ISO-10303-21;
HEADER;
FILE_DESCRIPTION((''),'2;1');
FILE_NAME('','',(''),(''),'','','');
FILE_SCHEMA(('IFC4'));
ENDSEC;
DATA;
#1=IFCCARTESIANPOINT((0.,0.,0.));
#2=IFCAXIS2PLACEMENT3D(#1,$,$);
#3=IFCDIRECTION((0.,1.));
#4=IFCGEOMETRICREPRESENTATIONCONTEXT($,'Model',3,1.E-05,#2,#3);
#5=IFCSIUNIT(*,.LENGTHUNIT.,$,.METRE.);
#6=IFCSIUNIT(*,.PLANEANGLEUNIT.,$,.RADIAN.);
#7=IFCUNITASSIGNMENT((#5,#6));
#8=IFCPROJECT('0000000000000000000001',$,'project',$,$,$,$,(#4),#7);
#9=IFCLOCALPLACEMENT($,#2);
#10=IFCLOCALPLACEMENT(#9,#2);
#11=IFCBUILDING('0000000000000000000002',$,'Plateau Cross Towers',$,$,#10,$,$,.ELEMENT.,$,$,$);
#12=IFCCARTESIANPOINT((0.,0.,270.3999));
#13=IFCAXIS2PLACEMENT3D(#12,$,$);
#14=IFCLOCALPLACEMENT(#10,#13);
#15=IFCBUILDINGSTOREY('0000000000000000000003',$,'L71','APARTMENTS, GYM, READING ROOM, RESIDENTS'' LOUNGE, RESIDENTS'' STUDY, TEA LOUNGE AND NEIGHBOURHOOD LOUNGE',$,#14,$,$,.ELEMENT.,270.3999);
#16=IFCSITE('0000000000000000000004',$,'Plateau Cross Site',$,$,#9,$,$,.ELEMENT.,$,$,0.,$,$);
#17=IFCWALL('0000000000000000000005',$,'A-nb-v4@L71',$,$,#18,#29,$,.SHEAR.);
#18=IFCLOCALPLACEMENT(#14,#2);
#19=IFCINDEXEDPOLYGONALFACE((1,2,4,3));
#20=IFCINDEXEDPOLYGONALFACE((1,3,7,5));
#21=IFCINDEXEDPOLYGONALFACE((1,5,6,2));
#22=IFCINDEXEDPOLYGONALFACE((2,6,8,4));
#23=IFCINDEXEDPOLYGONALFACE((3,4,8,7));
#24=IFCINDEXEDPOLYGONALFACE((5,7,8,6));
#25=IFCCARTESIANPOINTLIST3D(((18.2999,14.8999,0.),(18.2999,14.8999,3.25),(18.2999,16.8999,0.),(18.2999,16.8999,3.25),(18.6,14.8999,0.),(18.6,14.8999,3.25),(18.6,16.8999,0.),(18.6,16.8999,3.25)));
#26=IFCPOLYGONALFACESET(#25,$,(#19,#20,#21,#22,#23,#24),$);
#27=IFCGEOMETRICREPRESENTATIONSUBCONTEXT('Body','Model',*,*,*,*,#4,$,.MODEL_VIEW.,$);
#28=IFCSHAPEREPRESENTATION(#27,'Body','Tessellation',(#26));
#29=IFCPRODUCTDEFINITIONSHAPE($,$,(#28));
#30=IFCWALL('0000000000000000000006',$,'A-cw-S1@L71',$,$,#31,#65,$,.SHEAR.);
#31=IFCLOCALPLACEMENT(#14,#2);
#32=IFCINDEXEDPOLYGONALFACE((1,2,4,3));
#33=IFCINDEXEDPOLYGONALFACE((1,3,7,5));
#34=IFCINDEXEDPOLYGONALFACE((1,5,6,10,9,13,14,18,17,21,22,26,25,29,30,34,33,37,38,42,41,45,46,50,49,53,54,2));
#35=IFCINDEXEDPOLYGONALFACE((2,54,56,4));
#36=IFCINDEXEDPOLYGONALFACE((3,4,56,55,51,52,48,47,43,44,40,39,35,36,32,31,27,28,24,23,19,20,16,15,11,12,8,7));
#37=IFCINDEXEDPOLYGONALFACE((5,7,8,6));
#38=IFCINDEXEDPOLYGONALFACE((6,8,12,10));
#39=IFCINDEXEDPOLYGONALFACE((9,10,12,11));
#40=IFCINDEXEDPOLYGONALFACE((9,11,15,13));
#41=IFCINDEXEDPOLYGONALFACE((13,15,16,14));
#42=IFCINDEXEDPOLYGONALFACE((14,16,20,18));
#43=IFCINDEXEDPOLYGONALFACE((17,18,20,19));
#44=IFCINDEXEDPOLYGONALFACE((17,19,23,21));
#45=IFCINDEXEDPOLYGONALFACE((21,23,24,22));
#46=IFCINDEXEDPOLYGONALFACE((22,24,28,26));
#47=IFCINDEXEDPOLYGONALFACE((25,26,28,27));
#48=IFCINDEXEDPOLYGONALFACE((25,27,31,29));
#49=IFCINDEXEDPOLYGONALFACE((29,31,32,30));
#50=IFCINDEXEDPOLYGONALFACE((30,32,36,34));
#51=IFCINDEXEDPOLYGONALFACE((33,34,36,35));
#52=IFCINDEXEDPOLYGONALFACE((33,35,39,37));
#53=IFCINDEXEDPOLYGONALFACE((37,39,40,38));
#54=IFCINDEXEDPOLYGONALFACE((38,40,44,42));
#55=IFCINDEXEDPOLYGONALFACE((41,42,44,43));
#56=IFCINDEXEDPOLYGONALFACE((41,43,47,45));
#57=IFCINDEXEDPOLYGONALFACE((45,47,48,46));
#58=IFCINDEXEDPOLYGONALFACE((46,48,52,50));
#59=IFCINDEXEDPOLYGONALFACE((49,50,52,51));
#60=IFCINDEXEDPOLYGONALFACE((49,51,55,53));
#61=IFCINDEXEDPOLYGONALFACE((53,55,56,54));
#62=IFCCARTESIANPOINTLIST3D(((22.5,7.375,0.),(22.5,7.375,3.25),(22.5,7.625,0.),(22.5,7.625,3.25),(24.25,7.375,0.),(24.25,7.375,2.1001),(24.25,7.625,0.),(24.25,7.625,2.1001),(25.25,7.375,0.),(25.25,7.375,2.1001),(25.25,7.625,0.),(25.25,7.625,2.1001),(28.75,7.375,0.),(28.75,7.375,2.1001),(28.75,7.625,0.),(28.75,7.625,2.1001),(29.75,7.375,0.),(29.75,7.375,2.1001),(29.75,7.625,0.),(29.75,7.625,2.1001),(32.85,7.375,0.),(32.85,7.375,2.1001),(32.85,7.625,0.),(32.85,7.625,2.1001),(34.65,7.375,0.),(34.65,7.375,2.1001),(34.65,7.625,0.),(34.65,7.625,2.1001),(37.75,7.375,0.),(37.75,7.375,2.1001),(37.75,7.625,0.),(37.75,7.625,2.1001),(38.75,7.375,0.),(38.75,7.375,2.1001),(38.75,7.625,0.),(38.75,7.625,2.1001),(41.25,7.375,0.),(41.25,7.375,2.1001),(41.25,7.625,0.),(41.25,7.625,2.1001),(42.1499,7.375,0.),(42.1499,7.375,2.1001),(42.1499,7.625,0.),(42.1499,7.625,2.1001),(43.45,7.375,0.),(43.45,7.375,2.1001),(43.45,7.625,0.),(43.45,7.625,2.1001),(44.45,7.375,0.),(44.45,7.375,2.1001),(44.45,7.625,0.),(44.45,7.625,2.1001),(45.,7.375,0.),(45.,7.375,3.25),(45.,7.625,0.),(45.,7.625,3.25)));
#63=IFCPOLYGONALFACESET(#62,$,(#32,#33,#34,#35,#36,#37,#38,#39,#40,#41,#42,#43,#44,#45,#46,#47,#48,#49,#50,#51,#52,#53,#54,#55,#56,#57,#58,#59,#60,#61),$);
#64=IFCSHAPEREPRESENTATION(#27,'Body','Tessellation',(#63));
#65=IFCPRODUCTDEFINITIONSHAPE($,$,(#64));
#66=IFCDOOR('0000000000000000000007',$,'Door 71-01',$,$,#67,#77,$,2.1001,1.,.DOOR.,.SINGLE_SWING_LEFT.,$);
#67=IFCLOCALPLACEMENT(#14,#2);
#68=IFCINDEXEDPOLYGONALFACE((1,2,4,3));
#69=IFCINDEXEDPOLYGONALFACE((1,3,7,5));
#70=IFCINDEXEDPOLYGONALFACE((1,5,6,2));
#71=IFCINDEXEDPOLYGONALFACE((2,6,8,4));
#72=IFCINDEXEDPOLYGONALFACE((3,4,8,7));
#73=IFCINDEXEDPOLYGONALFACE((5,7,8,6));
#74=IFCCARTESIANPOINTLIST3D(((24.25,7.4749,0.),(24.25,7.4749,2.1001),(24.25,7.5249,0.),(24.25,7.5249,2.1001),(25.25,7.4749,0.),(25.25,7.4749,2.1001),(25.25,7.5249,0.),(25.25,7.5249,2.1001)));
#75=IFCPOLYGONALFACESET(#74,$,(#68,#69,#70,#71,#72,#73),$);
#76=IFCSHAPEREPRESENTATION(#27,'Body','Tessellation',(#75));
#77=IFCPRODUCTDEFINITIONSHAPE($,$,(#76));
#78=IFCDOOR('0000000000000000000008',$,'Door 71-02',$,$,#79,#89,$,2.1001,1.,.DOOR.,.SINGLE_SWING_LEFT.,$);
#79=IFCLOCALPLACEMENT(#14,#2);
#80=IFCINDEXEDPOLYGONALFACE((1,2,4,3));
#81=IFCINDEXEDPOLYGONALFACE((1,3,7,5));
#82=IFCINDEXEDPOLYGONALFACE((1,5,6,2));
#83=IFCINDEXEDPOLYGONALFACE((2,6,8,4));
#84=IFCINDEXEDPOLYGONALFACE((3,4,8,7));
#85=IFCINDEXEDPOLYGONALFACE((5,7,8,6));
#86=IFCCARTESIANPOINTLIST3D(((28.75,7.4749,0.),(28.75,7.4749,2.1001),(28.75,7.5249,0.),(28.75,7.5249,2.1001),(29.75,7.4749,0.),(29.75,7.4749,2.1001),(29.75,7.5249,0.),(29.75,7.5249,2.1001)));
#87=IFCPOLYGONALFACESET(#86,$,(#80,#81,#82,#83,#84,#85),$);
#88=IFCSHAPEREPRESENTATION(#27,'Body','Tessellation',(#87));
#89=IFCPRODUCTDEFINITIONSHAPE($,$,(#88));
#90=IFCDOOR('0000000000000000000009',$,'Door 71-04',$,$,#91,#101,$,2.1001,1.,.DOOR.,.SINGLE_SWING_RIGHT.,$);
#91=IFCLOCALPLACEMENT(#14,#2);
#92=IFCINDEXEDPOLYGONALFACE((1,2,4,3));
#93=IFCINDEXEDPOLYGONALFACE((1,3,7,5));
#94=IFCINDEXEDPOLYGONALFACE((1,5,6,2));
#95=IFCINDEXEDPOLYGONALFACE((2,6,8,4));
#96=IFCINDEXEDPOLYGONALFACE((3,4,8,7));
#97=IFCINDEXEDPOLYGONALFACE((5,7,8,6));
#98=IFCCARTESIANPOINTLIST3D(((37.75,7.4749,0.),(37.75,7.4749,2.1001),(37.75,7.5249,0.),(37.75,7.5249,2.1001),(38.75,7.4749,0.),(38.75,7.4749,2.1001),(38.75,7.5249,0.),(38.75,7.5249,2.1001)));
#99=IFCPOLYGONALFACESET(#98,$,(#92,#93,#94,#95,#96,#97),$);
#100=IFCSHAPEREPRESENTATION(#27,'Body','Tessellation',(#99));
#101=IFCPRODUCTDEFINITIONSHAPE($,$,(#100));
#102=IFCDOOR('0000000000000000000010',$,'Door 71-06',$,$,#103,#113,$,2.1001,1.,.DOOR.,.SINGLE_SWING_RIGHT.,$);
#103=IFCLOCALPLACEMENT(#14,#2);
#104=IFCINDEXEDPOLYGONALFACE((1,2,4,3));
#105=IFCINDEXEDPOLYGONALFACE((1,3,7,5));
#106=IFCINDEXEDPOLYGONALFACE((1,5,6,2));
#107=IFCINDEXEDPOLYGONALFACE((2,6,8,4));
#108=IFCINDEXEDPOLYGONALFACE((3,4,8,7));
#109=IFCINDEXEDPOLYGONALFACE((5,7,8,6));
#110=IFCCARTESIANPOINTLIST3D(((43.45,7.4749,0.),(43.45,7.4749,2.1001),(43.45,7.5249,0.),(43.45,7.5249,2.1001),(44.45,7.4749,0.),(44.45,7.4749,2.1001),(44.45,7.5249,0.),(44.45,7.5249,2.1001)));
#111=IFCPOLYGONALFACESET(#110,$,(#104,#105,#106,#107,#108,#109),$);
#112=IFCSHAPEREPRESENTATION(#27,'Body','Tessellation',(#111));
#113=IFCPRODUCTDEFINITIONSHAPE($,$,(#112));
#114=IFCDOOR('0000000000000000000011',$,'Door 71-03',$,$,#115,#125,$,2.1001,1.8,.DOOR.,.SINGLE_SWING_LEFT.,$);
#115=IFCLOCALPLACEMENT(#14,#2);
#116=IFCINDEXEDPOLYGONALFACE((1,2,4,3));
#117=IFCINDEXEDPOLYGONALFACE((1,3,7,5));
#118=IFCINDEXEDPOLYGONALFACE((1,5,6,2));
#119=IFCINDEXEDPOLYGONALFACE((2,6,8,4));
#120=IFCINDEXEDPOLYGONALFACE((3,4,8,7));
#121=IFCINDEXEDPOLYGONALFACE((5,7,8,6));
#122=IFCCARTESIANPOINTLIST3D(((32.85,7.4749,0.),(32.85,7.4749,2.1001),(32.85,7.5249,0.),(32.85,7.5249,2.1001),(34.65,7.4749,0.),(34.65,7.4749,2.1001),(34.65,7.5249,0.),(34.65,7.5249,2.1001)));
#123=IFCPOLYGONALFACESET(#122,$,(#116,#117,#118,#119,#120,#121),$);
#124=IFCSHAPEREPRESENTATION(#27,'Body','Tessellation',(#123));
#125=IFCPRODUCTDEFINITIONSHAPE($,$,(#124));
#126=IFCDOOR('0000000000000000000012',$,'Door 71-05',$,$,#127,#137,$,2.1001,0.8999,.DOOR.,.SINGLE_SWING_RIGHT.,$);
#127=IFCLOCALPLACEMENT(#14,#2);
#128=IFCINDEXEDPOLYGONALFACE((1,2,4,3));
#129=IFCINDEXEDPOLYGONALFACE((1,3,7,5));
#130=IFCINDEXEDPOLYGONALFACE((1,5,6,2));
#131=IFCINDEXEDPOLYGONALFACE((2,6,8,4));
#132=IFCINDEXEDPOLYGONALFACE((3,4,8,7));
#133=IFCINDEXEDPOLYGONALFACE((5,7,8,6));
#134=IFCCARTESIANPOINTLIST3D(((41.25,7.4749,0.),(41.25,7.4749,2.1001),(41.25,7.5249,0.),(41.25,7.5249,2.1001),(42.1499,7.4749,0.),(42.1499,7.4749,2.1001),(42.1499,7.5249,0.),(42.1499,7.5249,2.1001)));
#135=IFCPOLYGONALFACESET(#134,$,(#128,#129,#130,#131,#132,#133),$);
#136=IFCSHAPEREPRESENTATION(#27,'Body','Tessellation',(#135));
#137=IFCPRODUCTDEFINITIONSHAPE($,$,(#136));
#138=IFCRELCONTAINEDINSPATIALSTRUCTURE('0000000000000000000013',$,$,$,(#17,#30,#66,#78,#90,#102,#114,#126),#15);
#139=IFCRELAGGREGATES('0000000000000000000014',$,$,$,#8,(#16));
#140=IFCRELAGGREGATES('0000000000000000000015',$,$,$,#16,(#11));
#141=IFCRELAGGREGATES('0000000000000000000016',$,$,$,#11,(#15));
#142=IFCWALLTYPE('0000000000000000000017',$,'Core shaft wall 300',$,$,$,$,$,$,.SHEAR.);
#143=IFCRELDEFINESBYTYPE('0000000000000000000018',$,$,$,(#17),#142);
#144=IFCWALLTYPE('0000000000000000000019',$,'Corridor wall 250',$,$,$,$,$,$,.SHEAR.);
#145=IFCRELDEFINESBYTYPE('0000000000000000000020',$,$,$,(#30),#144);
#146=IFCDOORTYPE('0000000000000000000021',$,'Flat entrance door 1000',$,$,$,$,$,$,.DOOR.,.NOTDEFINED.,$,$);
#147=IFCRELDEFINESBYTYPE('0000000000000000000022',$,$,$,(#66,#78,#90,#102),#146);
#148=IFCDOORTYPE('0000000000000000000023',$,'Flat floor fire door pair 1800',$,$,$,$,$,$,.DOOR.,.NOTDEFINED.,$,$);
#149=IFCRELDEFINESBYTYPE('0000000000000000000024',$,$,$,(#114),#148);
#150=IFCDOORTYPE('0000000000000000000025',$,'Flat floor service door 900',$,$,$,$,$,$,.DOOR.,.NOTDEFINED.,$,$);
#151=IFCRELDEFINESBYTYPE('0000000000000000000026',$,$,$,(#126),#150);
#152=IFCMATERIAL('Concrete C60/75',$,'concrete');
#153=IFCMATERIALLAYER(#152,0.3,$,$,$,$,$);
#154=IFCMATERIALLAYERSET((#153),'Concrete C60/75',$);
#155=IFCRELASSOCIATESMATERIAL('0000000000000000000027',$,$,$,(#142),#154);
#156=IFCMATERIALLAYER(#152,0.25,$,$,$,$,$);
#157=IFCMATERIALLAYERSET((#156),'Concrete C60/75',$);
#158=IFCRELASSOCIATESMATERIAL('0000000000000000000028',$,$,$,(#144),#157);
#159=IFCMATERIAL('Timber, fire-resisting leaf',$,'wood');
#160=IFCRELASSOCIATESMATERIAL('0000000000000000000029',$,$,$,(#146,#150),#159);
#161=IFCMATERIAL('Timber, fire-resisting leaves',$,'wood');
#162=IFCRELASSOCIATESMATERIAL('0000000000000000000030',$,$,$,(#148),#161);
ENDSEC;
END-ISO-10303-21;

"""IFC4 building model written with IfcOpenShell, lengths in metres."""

from ifc_helpers import new_model, si_unit, direction, frame, frame_2d, origin, place, context, subcontext, project, spatial, rectangle, extrude, material, layer, layer_set, type_object, element, fill, save


model = new_model("IFC4")

# Units and contexts
model_context = context("Model", 3, precision=1e-05, world=origin(), true_north=direction((0.0, 1.0)))
body_context = subcontext(model_context, "Body", "Model", "MODEL_VIEW")
ifc_project = project(units=[si_unit("LENGTHUNIT", "METRE"), si_unit("PLANEANGLEUNIT", "RADIAN")], contexts=[model_context])

# Site, building, storey
site_placement = place(None, origin())
site = spatial("IfcSite", under=ifc_project, at=site_placement, Name="Plateau Cross Site", CompositionType="ELEMENT", RefElevation=0.0)
building_placement = place(site_placement, origin())
building = spatial("IfcBuilding", under=site, at=building_placement, Name="Plateau Cross Towers", CompositionType="ELEMENT")
storey_placement = place(building_placement, frame((0.0, 0.0, 270.3999)))
storey = spatial("IfcBuildingStorey", under=building, at=storey_placement, Name="L71", Description="APARTMENTS, GYM, READING ROOM, RESIDENTS' LOUNGE, RESIDENTS' STUDY, TEA LOUNGE AND NEIGHBOURHOOD LOUNGE", CompositionType="ELEMENT", Elevation=270.3999)

# Shared definitions
ifc_material_1 = material(Name="Concrete C60/75", Category="concrete")

# Wall
ifc_layer_1 = layer(ifc_material_1, 0.3)
ifc_layer_set_1 = layer_set([ifc_layer_1], Name="Concrete C60/75")
wall_type_1 = type_object("IfcWallType", Name="Core shaft wall 300", PredefinedType="SHEAR", material=ifc_layer_set_1)
for number, where, z_axis, x_axis, name in (
    (1, (18.45, 14.8999, 0.0), (0.0, 0.0, 1.0), (0.0, 1.0, 0.0), "A-nb-v4@L71"),
):
    element("IfcWall", number, at=place(storey_placement, frame(where, z_axis=z_axis, x_axis=x_axis)), inside=storey, type_object=wall_type_1, Name=name, PredefinedType="SHEAR", context=body_context, shape_type="SweptSolid", body=[
        extrude(rectangle(XDim=2.0, YDim=0.3, at=frame_2d((1.0, 0.0))), origin(), (0.0, 0.0, 1.0), 3.25),
    ])

# Wall, openings, doors
ifc_layer_2 = layer(ifc_material_1, 0.25)
ifc_layer_set_2 = layer_set([ifc_layer_2], Name="Concrete C60/75")
wall_type_2 = type_object("IfcWallType", Name="Corridor wall 250", PredefinedType="SHEAR", material=ifc_layer_set_2)
wall_1_placement = place(storey_placement, frame((22.5, 7.5, 0.0), z_axis=(0.0, 0.0, 1.0), x_axis=(1.0, 0.0, 0.0)))
wall_1 = element("IfcWall", 2, at=wall_1_placement, inside=storey, type_object=wall_type_2, Name="A-cw-S1@L71", PredefinedType="SHEAR", context=body_context, shape_type="SweptSolid", body=[
    extrude(rectangle(XDim=22.5, YDim=0.25, at=frame_2d((11.25, 0.0))), origin(), (0.0, 0.0, 1.0), 3.25),
])
opening_1_placement = place(wall_1_placement, frame((1.75, 0.0, 0.0)))
opening_1 = element("IfcOpeningElement", 3, at=opening_1_placement, cuts=wall_1, PredefinedType="OPENING", context=body_context, shape_type="SweptSolid", body=[
    extrude(rectangle(XDim=1.0, YDim=2.1001, at=frame_2d((0.5, 1.05))), frame((0.0, 0.135, 0.0), z_axis=(0.0, -1.0, 0.0), x_axis=(1.0, 0.0, 0.0)), (0.0, 0.0, 1.0), 0.27),
])
opening_2_placement = place(wall_1_placement, frame((6.25, 0.0, 0.0)))
opening_2 = element("IfcOpeningElement", 4, at=opening_2_placement, cuts=wall_1, PredefinedType="OPENING", context=body_context, shape_type="SweptSolid", body=[
    extrude(rectangle(XDim=1.0, YDim=2.1001, at=frame_2d((0.5, 1.05))), frame((0.0, 0.135, 0.0), z_axis=(0.0, -1.0, 0.0), x_axis=(1.0, 0.0, 0.0)), (0.0, 0.0, 1.0), 0.27),
])
opening_3_placement = place(wall_1_placement, frame((10.3501, 0.0, 0.0)))
opening_3 = element("IfcOpeningElement", 5, at=opening_3_placement, cuts=wall_1, PredefinedType="OPENING", context=body_context, shape_type="SweptSolid", body=[
    extrude(rectangle(XDim=1.8, YDim=2.1001, at=frame_2d((0.8999, 1.05))), frame((0.0, 0.135, 0.0), z_axis=(0.0, -1.0, 0.0), x_axis=(1.0, 0.0, 0.0)), (0.0, 0.0, 1.0), 0.27),
])
opening_4_placement = place(wall_1_placement, frame((15.25, 0.0, 0.0)))
opening_4 = element("IfcOpeningElement", 6, at=opening_4_placement, cuts=wall_1, PredefinedType="OPENING", context=body_context, shape_type="SweptSolid", body=[
    extrude(rectangle(XDim=1.0, YDim=2.1001, at=frame_2d((0.5, 1.05))), frame((0.0, 0.135, 0.0), z_axis=(0.0, -1.0, 0.0), x_axis=(1.0, 0.0, 0.0)), (0.0, 0.0, 1.0), 0.27),
])
opening_5_placement = place(wall_1_placement, frame((18.75, 0.0, 0.0)))
opening_5 = element("IfcOpeningElement", 7, at=opening_5_placement, cuts=wall_1, PredefinedType="OPENING", context=body_context, shape_type="SweptSolid", body=[
    extrude(rectangle(XDim=0.8999, YDim=2.1001, at=frame_2d((0.45, 1.05))), frame((0.0, 0.135, 0.0), z_axis=(0.0, -1.0, 0.0), x_axis=(1.0, 0.0, 0.0)), (0.0, 0.0, 1.0), 0.27),
])
opening_6_placement = place(wall_1_placement, frame((20.95, 0.0, 0.0)))
opening_6 = element("IfcOpeningElement", 8, at=opening_6_placement, cuts=wall_1, PredefinedType="OPENING", context=body_context, shape_type="SweptSolid", body=[
    extrude(rectangle(XDim=1.0, YDim=2.1001, at=frame_2d((0.5, 1.05))), frame((0.0, 0.135, 0.0), z_axis=(0.0, -1.0, 0.0), x_axis=(1.0, 0.0, 0.0)), (0.0, 0.0, 1.0), 0.27),
])
ifc_material_2 = material(Name="Timber, fire-resisting leaf", Category="wood")
door_type_1 = type_object("IfcDoorType", Name="Flat entrance door 1000", OperationType="NOTDEFINED", PredefinedType="DOOR", material=ifc_material_2)
door_1_placement = place(opening_1_placement, origin())
door_1 = element("IfcDoor", 9, at=door_1_placement, inside=storey, type_object=door_type_1, Name="Door 71-01", OperationType="SINGLE_SWING_LEFT", OverallHeight=2.1001, OverallWidth=1.0, PredefinedType="DOOR", context=body_context, shape_type="SweptSolid", body=[
    extrude(rectangle(XDim=1.0, YDim=2.1001, at=frame_2d((0.5, 1.05))), frame((0.0, 0.0249, 0.0), z_axis=(0.0, -1.0, 0.0), x_axis=(1.0, 0.0, 0.0)), (0.0, 0.0, 1.0), 0.05),
])
fill(opening_1, door_1)
door_2_placement = place(opening_2_placement, origin())
door_2 = element("IfcDoor", 10, at=door_2_placement, inside=storey, type_object=door_type_1, Name="Door 71-02", OperationType="SINGLE_SWING_LEFT", OverallHeight=2.1001, OverallWidth=1.0, PredefinedType="DOOR", context=body_context, shape_type="SweptSolid", body=[
    extrude(rectangle(XDim=1.0, YDim=2.1001, at=frame_2d((0.5, 1.05))), frame((0.0, 0.0249, 0.0), z_axis=(0.0, -1.0, 0.0), x_axis=(1.0, 0.0, 0.0)), (0.0, 0.0, 1.0), 0.05),
])
fill(opening_2, door_2)
door_3_placement = place(opening_4_placement, origin())
door_3 = element("IfcDoor", 11, at=door_3_placement, inside=storey, type_object=door_type_1, Name="Door 71-04", OperationType="SINGLE_SWING_RIGHT", OverallHeight=2.1001, OverallWidth=1.0, PredefinedType="DOOR", context=body_context, shape_type="SweptSolid", body=[
    extrude(rectangle(XDim=1.0, YDim=2.1001, at=frame_2d((0.5, 1.05))), frame((0.0, 0.0249, 0.0), z_axis=(0.0, -1.0, 0.0), x_axis=(1.0, 0.0, 0.0)), (0.0, 0.0, 1.0), 0.05),
])
fill(opening_4, door_3)
door_4_placement = place(opening_6_placement, origin())
door_4 = element("IfcDoor", 12, at=door_4_placement, inside=storey, type_object=door_type_1, Name="Door 71-06", OperationType="SINGLE_SWING_RIGHT", OverallHeight=2.1001, OverallWidth=1.0, PredefinedType="DOOR", context=body_context, shape_type="SweptSolid", body=[
    extrude(rectangle(XDim=1.0, YDim=2.1001, at=frame_2d((0.5, 1.05))), frame((0.0, 0.0249, 0.0), z_axis=(0.0, -1.0, 0.0), x_axis=(1.0, 0.0, 0.0)), (0.0, 0.0, 1.0), 0.05),
])
fill(opening_6, door_4)
ifc_material_3 = material(Name="Timber, fire-resisting leaves", Category="wood")
door_type_2 = type_object("IfcDoorType", Name="Flat floor fire door pair 1800", OperationType="NOTDEFINED", PredefinedType="DOOR", material=ifc_material_3)
door_5_placement = place(opening_3_placement, origin())
door_5 = element("IfcDoor", 13, at=door_5_placement, inside=storey, type_object=door_type_2, Name="Door 71-03", OperationType="SINGLE_SWING_LEFT", OverallHeight=2.1001, OverallWidth=1.8, PredefinedType="DOOR", context=body_context, shape_type="SweptSolid", body=[
    extrude(rectangle(XDim=1.8, YDim=2.1001, at=frame_2d((0.8999, 1.05))), frame((0.0, 0.0249, 0.0), z_axis=(0.0, -1.0, 0.0), x_axis=(1.0, 0.0, 0.0)), (0.0, 0.0, 1.0), 0.05),
])
fill(opening_3, door_5)
door_type_3 = type_object("IfcDoorType", Name="Flat floor service door 900", OperationType="NOTDEFINED", PredefinedType="DOOR", material=ifc_material_2)
door_6_placement = place(opening_5_placement, origin())
door_6 = element("IfcDoor", 14, at=door_6_placement, inside=storey, type_object=door_type_3, Name="Door 71-05", OperationType="SINGLE_SWING_RIGHT", OverallHeight=2.1001, OverallWidth=0.8999, PredefinedType="DOOR", context=body_context, shape_type="SweptSolid", body=[
    extrude(rectangle(XDim=0.8999, YDim=2.1001, at=frame_2d((0.45, 1.05))), frame((0.0, 0.0249, 0.0), z_axis=(0.0, -1.0, 0.0), x_axis=(1.0, 0.0, 0.0)), (0.0, 0.0, 1.0), 0.05),
])
fill(opening_5, door_6)

save(model, "model.ifc")
